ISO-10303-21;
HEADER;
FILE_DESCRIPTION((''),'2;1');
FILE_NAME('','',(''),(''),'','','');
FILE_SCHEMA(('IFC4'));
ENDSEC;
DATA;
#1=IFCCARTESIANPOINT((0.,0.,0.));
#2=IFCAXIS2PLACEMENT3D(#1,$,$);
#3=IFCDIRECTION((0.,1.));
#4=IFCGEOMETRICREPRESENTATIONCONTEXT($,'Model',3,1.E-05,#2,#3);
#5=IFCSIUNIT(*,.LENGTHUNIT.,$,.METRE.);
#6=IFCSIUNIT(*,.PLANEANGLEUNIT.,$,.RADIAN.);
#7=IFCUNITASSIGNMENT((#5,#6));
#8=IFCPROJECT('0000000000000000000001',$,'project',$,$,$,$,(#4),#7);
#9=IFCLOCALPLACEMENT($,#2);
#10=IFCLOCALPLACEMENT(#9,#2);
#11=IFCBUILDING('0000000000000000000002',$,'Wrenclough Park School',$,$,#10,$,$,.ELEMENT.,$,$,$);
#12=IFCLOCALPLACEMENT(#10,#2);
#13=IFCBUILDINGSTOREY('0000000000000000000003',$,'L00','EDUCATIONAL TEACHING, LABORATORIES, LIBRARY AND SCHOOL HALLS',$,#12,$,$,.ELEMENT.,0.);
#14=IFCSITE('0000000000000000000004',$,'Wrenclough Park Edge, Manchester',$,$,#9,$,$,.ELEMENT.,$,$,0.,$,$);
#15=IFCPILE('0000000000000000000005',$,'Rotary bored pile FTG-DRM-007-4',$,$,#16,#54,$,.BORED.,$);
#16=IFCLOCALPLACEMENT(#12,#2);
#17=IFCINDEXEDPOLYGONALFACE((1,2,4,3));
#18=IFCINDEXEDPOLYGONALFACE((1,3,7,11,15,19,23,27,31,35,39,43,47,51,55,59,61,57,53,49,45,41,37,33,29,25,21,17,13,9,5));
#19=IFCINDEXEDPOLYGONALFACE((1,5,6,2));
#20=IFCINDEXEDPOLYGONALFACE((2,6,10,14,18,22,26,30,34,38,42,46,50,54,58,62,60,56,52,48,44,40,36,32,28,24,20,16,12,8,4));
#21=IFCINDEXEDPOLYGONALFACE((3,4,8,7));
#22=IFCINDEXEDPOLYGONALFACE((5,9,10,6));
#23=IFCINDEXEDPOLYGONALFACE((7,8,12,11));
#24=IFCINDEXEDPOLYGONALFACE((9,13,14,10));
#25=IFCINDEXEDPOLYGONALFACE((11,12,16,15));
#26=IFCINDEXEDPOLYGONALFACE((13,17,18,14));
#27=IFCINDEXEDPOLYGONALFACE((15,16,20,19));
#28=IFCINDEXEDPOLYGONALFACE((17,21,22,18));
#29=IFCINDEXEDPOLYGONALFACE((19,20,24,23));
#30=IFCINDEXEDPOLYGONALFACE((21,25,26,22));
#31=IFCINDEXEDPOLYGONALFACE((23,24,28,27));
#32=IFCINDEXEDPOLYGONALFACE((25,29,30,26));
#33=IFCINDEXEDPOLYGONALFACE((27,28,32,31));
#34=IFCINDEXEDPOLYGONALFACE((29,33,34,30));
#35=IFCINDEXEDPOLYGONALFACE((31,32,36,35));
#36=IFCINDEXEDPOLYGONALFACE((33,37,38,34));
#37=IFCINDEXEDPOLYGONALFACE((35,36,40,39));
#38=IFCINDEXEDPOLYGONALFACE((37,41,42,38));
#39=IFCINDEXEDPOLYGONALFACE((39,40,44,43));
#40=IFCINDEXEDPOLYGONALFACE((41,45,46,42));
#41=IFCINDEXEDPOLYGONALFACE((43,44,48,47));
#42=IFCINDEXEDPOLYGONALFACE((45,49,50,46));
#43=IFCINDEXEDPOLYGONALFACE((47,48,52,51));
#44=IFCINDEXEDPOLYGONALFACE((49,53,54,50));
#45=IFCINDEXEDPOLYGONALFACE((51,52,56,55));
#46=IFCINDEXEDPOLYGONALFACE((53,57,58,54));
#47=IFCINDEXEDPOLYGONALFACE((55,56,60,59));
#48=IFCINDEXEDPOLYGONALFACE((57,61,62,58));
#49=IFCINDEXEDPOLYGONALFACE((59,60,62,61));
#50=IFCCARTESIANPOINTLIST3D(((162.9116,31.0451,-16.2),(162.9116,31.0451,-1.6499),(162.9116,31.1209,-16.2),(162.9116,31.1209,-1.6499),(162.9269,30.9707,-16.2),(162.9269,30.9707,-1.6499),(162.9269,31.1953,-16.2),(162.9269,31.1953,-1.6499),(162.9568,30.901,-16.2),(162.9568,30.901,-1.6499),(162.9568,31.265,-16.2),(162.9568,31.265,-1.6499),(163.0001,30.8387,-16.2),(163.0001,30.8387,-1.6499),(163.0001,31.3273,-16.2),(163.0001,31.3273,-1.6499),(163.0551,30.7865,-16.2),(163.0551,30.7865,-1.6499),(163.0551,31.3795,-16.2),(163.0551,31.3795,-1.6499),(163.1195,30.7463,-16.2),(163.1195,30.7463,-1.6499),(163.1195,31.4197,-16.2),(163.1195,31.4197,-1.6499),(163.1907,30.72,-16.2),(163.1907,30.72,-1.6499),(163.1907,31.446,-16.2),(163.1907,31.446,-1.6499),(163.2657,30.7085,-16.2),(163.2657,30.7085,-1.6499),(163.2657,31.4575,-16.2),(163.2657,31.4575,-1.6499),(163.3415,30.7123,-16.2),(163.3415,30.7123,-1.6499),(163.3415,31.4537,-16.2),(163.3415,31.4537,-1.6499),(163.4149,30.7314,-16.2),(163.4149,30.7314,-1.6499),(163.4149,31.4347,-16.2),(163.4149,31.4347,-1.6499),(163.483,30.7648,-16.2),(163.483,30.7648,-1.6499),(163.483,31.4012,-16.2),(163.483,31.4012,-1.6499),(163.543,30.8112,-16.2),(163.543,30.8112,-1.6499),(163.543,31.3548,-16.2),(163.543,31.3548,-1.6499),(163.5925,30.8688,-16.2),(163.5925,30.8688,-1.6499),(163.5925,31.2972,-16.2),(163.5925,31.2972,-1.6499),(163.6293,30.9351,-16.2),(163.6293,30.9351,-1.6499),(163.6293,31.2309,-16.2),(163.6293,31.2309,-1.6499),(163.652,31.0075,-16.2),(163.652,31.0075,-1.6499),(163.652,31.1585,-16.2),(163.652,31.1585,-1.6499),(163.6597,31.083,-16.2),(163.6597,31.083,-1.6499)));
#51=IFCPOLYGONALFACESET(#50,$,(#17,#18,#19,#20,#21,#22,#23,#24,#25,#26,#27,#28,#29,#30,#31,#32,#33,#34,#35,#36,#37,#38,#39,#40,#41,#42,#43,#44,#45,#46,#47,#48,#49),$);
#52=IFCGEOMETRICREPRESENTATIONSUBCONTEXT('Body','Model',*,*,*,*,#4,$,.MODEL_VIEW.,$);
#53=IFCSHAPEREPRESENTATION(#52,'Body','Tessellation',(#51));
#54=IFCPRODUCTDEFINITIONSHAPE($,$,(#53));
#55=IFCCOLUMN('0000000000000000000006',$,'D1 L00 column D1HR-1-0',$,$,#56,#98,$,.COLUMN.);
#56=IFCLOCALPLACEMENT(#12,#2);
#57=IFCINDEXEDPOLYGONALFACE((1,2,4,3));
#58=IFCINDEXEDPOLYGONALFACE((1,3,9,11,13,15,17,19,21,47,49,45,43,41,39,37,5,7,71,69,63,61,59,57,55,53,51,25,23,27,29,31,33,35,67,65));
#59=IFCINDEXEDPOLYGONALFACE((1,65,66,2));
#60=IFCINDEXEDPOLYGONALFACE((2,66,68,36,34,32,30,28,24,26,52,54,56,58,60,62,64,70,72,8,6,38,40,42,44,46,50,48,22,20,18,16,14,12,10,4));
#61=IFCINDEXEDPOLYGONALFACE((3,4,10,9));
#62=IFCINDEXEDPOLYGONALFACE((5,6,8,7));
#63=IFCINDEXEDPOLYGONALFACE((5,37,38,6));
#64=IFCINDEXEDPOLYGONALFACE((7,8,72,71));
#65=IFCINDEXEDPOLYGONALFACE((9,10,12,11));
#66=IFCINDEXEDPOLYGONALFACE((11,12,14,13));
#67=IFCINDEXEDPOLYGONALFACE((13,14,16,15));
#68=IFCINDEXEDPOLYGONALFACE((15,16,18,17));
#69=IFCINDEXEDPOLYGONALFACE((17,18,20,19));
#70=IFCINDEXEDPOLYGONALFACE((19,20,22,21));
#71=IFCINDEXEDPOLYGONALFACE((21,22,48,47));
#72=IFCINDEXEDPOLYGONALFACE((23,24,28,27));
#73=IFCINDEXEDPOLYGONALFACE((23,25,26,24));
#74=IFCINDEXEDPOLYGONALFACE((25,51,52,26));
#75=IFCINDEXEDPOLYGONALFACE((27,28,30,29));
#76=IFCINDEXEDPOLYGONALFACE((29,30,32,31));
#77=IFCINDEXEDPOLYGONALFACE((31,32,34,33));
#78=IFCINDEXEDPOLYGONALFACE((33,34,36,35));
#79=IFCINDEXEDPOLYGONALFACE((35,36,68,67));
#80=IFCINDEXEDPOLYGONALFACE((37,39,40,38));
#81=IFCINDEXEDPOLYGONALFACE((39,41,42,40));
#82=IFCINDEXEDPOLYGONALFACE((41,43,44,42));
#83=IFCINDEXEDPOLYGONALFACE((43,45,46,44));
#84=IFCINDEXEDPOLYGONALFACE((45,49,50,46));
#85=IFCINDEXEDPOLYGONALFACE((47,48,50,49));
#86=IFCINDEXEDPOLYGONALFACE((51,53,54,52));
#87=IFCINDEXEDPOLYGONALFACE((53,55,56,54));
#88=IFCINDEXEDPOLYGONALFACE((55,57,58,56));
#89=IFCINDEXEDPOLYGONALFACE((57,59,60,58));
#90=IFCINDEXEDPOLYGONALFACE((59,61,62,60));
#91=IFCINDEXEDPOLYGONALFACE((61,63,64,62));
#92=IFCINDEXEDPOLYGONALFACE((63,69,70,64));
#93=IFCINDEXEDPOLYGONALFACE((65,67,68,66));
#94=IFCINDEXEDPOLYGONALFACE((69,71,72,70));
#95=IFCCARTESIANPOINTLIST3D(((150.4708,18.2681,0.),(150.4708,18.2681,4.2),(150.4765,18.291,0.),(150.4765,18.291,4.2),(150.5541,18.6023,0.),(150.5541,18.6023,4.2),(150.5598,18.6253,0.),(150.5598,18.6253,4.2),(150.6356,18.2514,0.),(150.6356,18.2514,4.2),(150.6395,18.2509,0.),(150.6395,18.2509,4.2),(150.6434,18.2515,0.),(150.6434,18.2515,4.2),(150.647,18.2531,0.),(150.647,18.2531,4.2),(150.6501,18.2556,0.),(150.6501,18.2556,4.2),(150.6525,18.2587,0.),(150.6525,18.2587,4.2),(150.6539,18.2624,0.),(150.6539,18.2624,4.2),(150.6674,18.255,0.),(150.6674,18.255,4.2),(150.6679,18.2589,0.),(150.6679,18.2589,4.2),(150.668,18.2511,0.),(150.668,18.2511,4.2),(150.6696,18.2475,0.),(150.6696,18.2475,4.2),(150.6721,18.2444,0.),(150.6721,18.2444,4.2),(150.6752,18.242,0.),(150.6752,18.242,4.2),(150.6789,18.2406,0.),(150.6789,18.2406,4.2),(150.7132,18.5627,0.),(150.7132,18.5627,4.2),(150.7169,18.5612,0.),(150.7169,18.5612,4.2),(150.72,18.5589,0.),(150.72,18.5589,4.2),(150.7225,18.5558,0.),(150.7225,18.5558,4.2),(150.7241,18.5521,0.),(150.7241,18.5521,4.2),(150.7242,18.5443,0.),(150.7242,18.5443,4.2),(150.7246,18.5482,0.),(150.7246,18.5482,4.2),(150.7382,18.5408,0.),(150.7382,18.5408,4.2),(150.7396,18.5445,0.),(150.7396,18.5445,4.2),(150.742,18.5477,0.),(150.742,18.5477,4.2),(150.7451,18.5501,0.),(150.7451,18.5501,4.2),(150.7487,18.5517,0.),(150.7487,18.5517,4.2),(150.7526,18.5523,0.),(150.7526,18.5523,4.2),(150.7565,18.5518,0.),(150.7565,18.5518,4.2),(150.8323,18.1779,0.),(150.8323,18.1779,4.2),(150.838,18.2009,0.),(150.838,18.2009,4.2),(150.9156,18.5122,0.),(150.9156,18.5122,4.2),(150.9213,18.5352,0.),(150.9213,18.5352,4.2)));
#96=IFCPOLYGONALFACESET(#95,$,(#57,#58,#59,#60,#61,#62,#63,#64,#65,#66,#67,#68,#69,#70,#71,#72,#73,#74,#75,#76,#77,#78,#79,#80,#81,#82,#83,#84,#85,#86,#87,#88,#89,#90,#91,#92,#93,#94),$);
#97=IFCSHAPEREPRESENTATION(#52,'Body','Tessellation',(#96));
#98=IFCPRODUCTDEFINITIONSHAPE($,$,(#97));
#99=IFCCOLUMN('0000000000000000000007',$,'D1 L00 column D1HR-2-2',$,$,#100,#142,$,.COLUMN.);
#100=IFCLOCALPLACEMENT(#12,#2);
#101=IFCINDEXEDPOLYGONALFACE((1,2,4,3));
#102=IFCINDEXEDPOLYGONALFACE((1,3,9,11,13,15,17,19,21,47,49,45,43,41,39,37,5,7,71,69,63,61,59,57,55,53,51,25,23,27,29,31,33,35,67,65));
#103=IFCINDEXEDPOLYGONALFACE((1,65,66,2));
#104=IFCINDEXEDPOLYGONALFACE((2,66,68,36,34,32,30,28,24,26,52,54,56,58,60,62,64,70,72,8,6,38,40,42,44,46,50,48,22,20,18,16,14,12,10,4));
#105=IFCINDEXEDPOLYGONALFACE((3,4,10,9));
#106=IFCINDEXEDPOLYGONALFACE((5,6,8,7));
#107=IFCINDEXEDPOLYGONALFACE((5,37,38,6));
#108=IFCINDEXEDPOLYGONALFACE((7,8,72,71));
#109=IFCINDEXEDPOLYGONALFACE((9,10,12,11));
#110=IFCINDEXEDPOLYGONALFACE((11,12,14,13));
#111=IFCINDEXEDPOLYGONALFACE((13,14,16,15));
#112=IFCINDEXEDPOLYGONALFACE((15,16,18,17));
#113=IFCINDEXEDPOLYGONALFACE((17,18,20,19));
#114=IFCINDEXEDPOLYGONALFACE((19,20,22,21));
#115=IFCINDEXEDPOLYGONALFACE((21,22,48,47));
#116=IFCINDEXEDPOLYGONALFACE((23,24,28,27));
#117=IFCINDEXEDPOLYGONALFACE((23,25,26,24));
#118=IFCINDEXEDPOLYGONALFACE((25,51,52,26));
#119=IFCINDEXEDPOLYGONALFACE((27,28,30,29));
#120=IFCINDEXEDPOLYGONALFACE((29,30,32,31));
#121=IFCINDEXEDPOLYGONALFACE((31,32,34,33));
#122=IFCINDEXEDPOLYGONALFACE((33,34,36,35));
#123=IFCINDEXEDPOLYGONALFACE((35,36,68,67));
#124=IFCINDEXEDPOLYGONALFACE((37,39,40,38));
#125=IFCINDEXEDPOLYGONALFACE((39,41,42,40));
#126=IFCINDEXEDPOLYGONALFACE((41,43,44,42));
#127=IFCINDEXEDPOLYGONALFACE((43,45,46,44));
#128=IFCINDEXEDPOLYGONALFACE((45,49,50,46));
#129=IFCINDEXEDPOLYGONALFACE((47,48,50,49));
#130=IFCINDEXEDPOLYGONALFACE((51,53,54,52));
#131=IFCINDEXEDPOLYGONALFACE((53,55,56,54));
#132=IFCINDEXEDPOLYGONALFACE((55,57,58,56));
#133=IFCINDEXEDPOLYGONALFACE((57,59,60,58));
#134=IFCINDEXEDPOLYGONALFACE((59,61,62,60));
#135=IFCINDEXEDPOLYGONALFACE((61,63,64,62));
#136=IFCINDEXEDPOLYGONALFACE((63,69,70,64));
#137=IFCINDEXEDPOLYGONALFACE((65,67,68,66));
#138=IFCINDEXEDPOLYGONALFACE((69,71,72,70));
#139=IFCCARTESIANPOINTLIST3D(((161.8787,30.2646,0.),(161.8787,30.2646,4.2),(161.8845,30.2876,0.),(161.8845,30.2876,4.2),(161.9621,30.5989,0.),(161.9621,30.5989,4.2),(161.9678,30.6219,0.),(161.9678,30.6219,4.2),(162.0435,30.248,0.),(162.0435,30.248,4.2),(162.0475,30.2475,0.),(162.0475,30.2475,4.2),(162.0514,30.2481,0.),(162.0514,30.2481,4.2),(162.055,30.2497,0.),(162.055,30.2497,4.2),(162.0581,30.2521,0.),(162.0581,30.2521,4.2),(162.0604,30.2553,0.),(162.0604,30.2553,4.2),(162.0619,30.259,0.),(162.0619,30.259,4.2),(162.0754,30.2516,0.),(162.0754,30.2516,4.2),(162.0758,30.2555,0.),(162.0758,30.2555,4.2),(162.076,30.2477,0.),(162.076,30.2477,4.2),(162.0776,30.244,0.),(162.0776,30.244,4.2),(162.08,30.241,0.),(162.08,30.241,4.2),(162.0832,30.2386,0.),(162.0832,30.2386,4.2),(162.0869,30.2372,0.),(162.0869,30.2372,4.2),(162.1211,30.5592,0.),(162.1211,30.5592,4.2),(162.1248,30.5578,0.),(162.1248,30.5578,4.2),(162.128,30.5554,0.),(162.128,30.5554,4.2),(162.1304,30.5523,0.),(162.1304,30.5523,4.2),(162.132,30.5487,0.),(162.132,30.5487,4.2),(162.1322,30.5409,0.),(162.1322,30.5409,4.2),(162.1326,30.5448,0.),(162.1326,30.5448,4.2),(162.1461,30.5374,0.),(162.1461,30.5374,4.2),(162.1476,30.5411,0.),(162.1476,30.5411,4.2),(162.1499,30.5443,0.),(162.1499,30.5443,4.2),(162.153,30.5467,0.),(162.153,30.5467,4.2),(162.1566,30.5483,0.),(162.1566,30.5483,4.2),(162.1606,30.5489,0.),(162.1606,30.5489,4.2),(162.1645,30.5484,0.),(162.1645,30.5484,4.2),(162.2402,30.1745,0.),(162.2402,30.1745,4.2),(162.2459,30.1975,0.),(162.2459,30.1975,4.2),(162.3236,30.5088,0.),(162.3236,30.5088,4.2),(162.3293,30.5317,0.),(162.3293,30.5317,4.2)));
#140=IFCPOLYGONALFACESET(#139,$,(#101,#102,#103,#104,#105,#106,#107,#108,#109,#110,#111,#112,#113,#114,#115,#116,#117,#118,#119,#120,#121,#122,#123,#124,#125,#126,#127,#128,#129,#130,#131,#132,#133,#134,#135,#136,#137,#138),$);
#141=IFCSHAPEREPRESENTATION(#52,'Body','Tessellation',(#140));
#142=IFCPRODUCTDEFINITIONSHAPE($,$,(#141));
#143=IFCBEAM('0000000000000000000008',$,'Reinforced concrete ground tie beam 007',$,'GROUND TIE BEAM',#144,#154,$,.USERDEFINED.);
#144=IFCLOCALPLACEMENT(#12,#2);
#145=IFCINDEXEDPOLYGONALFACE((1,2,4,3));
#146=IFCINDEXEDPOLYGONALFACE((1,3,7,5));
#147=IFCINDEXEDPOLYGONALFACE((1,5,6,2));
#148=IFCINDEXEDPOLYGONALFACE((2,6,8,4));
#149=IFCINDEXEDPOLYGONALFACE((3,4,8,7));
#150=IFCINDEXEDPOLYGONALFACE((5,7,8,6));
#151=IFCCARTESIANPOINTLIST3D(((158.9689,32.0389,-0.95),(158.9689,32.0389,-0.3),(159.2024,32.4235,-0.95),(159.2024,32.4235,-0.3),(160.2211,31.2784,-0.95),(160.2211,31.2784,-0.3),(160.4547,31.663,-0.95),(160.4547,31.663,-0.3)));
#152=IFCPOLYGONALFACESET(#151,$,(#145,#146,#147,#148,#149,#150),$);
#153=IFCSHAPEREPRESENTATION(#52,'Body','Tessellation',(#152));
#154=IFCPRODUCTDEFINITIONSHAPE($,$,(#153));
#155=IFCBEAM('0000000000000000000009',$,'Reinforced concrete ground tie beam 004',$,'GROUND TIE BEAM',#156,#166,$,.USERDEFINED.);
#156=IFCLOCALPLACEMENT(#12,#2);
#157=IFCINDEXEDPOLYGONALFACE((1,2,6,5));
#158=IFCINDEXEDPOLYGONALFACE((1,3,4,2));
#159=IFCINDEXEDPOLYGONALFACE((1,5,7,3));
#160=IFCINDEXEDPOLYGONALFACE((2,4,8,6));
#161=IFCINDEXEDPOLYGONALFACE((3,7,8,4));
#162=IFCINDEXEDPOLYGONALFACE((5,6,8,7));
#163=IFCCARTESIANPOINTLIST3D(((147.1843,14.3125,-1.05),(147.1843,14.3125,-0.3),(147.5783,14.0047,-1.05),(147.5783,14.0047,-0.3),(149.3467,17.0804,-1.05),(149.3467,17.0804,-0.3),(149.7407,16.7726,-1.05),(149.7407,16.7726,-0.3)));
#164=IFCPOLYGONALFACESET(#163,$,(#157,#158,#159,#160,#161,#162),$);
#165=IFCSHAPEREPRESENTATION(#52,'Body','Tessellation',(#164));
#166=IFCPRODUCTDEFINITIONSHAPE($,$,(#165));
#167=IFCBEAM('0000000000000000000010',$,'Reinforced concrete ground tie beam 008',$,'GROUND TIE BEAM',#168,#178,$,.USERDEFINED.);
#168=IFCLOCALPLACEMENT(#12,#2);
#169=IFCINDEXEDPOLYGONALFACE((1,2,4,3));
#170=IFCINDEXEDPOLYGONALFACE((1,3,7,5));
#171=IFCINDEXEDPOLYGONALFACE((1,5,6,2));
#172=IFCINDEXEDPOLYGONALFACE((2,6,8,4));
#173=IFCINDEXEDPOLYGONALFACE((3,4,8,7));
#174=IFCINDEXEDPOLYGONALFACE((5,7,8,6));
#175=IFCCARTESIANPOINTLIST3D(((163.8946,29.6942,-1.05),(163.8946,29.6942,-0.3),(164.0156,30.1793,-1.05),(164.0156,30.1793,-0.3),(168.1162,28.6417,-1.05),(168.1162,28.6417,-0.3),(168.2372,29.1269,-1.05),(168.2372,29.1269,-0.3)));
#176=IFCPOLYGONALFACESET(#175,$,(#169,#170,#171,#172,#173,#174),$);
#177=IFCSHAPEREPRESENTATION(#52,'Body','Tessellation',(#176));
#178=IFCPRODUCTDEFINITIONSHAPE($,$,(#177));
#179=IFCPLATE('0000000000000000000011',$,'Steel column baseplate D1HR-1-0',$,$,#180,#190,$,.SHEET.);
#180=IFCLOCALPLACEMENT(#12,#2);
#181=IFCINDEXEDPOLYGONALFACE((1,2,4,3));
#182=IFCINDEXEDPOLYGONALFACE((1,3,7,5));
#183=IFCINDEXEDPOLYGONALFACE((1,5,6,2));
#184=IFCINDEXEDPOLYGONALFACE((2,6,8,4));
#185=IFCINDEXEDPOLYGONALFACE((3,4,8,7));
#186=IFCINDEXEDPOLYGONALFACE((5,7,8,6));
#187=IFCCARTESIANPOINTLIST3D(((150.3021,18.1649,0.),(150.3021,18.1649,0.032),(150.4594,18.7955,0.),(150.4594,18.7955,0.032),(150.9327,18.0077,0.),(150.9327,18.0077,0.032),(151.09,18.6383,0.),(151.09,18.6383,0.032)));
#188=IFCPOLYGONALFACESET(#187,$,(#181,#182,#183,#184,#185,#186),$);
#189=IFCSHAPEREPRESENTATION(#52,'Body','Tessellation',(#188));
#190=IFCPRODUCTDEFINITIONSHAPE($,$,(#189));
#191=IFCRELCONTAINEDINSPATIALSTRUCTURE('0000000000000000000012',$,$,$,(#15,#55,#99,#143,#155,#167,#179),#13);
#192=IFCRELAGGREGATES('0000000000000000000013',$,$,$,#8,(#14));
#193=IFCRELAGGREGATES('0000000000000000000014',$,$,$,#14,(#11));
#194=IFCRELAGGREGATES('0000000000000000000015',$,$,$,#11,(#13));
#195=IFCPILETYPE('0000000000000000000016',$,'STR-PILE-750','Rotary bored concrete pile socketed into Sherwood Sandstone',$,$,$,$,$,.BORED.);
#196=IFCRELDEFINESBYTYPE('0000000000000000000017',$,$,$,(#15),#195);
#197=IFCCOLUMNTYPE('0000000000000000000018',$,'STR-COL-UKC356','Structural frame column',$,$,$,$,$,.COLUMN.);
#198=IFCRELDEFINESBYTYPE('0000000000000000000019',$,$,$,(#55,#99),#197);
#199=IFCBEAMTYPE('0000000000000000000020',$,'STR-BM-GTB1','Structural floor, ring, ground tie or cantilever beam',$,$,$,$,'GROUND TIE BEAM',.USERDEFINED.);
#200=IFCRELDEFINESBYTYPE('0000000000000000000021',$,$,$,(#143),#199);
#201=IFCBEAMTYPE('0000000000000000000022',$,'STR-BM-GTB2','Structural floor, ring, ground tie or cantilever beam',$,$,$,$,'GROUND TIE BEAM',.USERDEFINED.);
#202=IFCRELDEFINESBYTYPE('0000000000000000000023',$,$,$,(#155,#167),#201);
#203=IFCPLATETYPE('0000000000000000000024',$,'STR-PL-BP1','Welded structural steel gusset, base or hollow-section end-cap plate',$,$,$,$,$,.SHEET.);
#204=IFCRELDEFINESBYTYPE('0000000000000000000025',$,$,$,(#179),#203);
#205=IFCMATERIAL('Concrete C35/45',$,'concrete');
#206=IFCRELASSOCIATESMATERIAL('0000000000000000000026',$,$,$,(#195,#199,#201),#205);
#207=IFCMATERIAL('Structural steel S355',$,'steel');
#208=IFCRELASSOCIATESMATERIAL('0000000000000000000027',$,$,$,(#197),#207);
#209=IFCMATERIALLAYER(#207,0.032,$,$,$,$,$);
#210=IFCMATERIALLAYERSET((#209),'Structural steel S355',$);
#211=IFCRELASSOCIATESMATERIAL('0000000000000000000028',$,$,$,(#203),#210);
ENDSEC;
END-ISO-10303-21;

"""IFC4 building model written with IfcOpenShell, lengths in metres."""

from ifc_helpers import new_model, si_unit, direction, frame, origin, origin_2d, place, context, subcontext, project, spatial, rectangle, circle, i_section, extrude, material, layer, layer_set, material_profile, profile_set, type_object, element, save


model = new_model("IFC4")

# Units and contexts
model_context = context("Model", 3, precision=1e-05, world=origin(), true_north=direction((0.0, 1.0)))
body_context = subcontext(model_context, "Body", "Model", "MODEL_VIEW")
ifc_project = project(units=[si_unit("LENGTHUNIT", "METRE"), si_unit("PLANEANGLEUNIT", "RADIAN")], contexts=[model_context])

# Site, building, storey
site_placement = place(None, origin())
site = spatial("IfcSite", under=ifc_project, at=site_placement, Name="Wrenclough Park Edge, Manchester", CompositionType="ELEMENT", RefElevation=0.0)
building_placement = place(site_placement, origin())
building = spatial("IfcBuilding", under=site, at=building_placement, Name="Wrenclough Park School", CompositionType="ELEMENT")
storey_placement = place(building_placement, origin())
storey = spatial("IfcBuildingStorey", under=building, at=storey_placement, Name="L00", Description="EDUCATIONAL TEACHING, LABORATORIES, LIBRARY AND SCHOOL HALLS", CompositionType="ELEMENT", Elevation=0.0)

# Shared definitions
ifc_material_1 = material(Name="Concrete C35/45", Category="concrete")

# Pile
ifc_material_profile_1 = material_profile(ifc_material_1, circle(Radius=0.375, at=origin_2d()), Name="BORED PILE D750")
ifc_profile_set_1 = profile_set([ifc_material_profile_1], Name="Concrete C35/45")
pile_type = type_object("IfcPileType", Name="STR-PILE-750", Description="Rotary bored concrete pile socketed into Sherwood Sandstone", PredefinedType="BORED", material=ifc_profile_set_1)
for number, where, z_axis, x_axis, name in (
    (1, (163.2847, 31.083, -1.6499), (0.0, 0.0, -1.0), (1.0, 0.0, 0.0), "Rotary bored pile FTG-DRM-007-4"),
):
    element("IfcPile", number, at=place(storey_placement, frame(where, z_axis=z_axis, x_axis=x_axis)), inside=storey, type_object=pile_type, Name=name, PredefinedType="BORED", context=body_context, shape_type="SweptSolid", body=[
        extrude(circle(Radius=0.375, at=origin_2d()), origin(), (0.0, 0.0, 1.0), 14.55),
    ])

# Columns
ifc_material_2 = material(Name="Structural steel S355", Category="steel")
ifc_material_profile_2 = material_profile(ifc_material_2, i_section(OverallWidth=0.3726, OverallDepth=0.3682, WebThickness=0.0144, FlangeThickness=0.0237, FilletRadius=0.0151, at=origin_2d()), Name="UKC 356x368x177")
ifc_profile_set_2 = profile_set([ifc_material_profile_2], Name="Structural steel S355")
column_type = type_object("IfcColumnType", Name="STR-COL-UKC356", Description="Structural frame column", PredefinedType="COLUMN", material=ifc_profile_set_2)
for number, where, z_axis, x_axis, name in (
    (2, (150.696, 18.4016, 0.0), (0.0, 0.0, 1.0), (0.970296, -0.241922, 0.0), "D1 L00 column D1HR-1-0"),
    (3, (162.104, 30.3982, 0.0), (0.0, 0.0, 1.0), (0.970296, -0.241922, 0.0), "D1 L00 column D1HR-2-2"),
):
    element("IfcColumn", number, at=place(storey_placement, frame(where, z_axis=z_axis, x_axis=x_axis)), inside=storey, type_object=column_type, Name=name, PredefinedType="COLUMN", context=body_context, shape_type="SweptSolid", body=[
        extrude(i_section(OverallWidth=0.3726, OverallDepth=0.3682, WebThickness=0.0144, FlangeThickness=0.0237, FilletRadius=0.0151, at=origin_2d()), origin(), (0.0, 0.0, 1.0), 4.2),
    ])

# Beams
ifc_material_profile_3 = material_profile(ifc_material_1, rectangle(XDim=0.45, YDim=0.6499, at=origin_2d()), Name="RC GROUND 450x650")
ifc_profile_set_3 = profile_set([ifc_material_profile_3], Name="Concrete C35/45")
beam_type_1 = type_object("IfcBeamType", Name="STR-BM-GTB1", Description="Structural floor, ring, ground tie or cantilever beam", ElementType="GROUND TIE BEAM", PredefinedType="USERDEFINED", material=ifc_profile_set_3)
beam_1_placement = place(storey_placement, frame((160.3379, 31.4707, -0.625), z_axis=(-0.854716, 0.519096, 0.0), x_axis=(-0.519096, -0.854716, 0.0)))
element("IfcBeam", 4, at=beam_1_placement, inside=storey, type_object=beam_type_1, Name="Reinforced concrete ground tie beam 007", ObjectType="GROUND TIE BEAM", PredefinedType="USERDEFINED", context=body_context, shape_type="SweptSolid", body=[
    extrude(rectangle(XDim=0.45, YDim=0.6499, at=origin_2d()), origin(), (0.0, 0.0, 1.0), 1.4651),
])
ifc_material_profile_4 = material_profile(ifc_material_1, rectangle(XDim=0.5, YDim=0.75, at=origin_2d()), Name="RC GROUND 500x750")
ifc_profile_set_4 = profile_set([ifc_material_profile_4], Name="Concrete C35/45")
beam_type_2 = type_object("IfcBeamType", Name="STR-BM-GTB2", Description="Structural floor, ring, ground tie or cantilever beam", ElementType="GROUND TIE BEAM", PredefinedType="USERDEFINED", material=ifc_profile_set_4)
beam_2_placement = place(storey_placement, frame((149.5437, 16.9265, -0.675), z_axis=(-0.615643, -0.788025, 0.0), x_axis=(0.788025, -0.615643, 0.0)))
element("IfcBeam", 5, at=beam_2_placement, inside=storey, type_object=beam_type_2, Name="Reinforced concrete ground tie beam 004", ObjectType="GROUND TIE BEAM", PredefinedType="USERDEFINED", context=body_context, shape_type="SweptSolid", body=[
    extrude(rectangle(XDim=0.5, YDim=0.75, at=origin_2d()), origin(), (0.0, 0.0, 1.0), 3.5125),
])
beam_3_placement = place(storey_placement, frame((163.9551, 29.9368, -0.675), z_axis=(0.970301, -0.241902, 0.0), x_axis=(0.241902, 0.970301, 0.0)))
element("IfcBeam", 6, at=beam_3_placement, inside=storey, type_object=beam_type_2, Name="Reinforced concrete ground tie beam 008", ObjectType="GROUND TIE BEAM", PredefinedType="USERDEFINED", context=body_context, shape_type="SweptSolid", body=[
    extrude(rectangle(XDim=0.5, YDim=0.75, at=origin_2d()), origin(), (0.0, 0.0, 1.0), 4.3508),
])

# Plate
ifc_layer_1 = layer(ifc_material_2, 0.032)
ifc_layer_set_1 = layer_set([ifc_layer_1], Name="Structural steel S355")
plate_type_1 = type_object("IfcPlateType", Name="STR-PL-BP1", Description="Welded structural steel gusset, base or hollow-section end-cap plate", PredefinedType="SHEET", material=ifc_layer_set_1)
plate_1_placement = place(storey_placement, frame((150.696, 18.4016, 0.0), z_axis=(0.0, 0.0, 1.0), x_axis=(0.970296, -0.241922, 0.0)))
element("IfcPlate", 7, at=plate_1_placement, inside=storey, type_object=plate_type_1, Name="Steel column baseplate D1HR-1-0", PredefinedType="SHEET", context=body_context, shape_type="SweptSolid", body=[
    extrude(rectangle(XDim=0.6499, YDim=0.6499, at=origin_2d()), origin(), (0.0, 0.0, 1.0), 0.032),
])

save(model, "model.ifc")
